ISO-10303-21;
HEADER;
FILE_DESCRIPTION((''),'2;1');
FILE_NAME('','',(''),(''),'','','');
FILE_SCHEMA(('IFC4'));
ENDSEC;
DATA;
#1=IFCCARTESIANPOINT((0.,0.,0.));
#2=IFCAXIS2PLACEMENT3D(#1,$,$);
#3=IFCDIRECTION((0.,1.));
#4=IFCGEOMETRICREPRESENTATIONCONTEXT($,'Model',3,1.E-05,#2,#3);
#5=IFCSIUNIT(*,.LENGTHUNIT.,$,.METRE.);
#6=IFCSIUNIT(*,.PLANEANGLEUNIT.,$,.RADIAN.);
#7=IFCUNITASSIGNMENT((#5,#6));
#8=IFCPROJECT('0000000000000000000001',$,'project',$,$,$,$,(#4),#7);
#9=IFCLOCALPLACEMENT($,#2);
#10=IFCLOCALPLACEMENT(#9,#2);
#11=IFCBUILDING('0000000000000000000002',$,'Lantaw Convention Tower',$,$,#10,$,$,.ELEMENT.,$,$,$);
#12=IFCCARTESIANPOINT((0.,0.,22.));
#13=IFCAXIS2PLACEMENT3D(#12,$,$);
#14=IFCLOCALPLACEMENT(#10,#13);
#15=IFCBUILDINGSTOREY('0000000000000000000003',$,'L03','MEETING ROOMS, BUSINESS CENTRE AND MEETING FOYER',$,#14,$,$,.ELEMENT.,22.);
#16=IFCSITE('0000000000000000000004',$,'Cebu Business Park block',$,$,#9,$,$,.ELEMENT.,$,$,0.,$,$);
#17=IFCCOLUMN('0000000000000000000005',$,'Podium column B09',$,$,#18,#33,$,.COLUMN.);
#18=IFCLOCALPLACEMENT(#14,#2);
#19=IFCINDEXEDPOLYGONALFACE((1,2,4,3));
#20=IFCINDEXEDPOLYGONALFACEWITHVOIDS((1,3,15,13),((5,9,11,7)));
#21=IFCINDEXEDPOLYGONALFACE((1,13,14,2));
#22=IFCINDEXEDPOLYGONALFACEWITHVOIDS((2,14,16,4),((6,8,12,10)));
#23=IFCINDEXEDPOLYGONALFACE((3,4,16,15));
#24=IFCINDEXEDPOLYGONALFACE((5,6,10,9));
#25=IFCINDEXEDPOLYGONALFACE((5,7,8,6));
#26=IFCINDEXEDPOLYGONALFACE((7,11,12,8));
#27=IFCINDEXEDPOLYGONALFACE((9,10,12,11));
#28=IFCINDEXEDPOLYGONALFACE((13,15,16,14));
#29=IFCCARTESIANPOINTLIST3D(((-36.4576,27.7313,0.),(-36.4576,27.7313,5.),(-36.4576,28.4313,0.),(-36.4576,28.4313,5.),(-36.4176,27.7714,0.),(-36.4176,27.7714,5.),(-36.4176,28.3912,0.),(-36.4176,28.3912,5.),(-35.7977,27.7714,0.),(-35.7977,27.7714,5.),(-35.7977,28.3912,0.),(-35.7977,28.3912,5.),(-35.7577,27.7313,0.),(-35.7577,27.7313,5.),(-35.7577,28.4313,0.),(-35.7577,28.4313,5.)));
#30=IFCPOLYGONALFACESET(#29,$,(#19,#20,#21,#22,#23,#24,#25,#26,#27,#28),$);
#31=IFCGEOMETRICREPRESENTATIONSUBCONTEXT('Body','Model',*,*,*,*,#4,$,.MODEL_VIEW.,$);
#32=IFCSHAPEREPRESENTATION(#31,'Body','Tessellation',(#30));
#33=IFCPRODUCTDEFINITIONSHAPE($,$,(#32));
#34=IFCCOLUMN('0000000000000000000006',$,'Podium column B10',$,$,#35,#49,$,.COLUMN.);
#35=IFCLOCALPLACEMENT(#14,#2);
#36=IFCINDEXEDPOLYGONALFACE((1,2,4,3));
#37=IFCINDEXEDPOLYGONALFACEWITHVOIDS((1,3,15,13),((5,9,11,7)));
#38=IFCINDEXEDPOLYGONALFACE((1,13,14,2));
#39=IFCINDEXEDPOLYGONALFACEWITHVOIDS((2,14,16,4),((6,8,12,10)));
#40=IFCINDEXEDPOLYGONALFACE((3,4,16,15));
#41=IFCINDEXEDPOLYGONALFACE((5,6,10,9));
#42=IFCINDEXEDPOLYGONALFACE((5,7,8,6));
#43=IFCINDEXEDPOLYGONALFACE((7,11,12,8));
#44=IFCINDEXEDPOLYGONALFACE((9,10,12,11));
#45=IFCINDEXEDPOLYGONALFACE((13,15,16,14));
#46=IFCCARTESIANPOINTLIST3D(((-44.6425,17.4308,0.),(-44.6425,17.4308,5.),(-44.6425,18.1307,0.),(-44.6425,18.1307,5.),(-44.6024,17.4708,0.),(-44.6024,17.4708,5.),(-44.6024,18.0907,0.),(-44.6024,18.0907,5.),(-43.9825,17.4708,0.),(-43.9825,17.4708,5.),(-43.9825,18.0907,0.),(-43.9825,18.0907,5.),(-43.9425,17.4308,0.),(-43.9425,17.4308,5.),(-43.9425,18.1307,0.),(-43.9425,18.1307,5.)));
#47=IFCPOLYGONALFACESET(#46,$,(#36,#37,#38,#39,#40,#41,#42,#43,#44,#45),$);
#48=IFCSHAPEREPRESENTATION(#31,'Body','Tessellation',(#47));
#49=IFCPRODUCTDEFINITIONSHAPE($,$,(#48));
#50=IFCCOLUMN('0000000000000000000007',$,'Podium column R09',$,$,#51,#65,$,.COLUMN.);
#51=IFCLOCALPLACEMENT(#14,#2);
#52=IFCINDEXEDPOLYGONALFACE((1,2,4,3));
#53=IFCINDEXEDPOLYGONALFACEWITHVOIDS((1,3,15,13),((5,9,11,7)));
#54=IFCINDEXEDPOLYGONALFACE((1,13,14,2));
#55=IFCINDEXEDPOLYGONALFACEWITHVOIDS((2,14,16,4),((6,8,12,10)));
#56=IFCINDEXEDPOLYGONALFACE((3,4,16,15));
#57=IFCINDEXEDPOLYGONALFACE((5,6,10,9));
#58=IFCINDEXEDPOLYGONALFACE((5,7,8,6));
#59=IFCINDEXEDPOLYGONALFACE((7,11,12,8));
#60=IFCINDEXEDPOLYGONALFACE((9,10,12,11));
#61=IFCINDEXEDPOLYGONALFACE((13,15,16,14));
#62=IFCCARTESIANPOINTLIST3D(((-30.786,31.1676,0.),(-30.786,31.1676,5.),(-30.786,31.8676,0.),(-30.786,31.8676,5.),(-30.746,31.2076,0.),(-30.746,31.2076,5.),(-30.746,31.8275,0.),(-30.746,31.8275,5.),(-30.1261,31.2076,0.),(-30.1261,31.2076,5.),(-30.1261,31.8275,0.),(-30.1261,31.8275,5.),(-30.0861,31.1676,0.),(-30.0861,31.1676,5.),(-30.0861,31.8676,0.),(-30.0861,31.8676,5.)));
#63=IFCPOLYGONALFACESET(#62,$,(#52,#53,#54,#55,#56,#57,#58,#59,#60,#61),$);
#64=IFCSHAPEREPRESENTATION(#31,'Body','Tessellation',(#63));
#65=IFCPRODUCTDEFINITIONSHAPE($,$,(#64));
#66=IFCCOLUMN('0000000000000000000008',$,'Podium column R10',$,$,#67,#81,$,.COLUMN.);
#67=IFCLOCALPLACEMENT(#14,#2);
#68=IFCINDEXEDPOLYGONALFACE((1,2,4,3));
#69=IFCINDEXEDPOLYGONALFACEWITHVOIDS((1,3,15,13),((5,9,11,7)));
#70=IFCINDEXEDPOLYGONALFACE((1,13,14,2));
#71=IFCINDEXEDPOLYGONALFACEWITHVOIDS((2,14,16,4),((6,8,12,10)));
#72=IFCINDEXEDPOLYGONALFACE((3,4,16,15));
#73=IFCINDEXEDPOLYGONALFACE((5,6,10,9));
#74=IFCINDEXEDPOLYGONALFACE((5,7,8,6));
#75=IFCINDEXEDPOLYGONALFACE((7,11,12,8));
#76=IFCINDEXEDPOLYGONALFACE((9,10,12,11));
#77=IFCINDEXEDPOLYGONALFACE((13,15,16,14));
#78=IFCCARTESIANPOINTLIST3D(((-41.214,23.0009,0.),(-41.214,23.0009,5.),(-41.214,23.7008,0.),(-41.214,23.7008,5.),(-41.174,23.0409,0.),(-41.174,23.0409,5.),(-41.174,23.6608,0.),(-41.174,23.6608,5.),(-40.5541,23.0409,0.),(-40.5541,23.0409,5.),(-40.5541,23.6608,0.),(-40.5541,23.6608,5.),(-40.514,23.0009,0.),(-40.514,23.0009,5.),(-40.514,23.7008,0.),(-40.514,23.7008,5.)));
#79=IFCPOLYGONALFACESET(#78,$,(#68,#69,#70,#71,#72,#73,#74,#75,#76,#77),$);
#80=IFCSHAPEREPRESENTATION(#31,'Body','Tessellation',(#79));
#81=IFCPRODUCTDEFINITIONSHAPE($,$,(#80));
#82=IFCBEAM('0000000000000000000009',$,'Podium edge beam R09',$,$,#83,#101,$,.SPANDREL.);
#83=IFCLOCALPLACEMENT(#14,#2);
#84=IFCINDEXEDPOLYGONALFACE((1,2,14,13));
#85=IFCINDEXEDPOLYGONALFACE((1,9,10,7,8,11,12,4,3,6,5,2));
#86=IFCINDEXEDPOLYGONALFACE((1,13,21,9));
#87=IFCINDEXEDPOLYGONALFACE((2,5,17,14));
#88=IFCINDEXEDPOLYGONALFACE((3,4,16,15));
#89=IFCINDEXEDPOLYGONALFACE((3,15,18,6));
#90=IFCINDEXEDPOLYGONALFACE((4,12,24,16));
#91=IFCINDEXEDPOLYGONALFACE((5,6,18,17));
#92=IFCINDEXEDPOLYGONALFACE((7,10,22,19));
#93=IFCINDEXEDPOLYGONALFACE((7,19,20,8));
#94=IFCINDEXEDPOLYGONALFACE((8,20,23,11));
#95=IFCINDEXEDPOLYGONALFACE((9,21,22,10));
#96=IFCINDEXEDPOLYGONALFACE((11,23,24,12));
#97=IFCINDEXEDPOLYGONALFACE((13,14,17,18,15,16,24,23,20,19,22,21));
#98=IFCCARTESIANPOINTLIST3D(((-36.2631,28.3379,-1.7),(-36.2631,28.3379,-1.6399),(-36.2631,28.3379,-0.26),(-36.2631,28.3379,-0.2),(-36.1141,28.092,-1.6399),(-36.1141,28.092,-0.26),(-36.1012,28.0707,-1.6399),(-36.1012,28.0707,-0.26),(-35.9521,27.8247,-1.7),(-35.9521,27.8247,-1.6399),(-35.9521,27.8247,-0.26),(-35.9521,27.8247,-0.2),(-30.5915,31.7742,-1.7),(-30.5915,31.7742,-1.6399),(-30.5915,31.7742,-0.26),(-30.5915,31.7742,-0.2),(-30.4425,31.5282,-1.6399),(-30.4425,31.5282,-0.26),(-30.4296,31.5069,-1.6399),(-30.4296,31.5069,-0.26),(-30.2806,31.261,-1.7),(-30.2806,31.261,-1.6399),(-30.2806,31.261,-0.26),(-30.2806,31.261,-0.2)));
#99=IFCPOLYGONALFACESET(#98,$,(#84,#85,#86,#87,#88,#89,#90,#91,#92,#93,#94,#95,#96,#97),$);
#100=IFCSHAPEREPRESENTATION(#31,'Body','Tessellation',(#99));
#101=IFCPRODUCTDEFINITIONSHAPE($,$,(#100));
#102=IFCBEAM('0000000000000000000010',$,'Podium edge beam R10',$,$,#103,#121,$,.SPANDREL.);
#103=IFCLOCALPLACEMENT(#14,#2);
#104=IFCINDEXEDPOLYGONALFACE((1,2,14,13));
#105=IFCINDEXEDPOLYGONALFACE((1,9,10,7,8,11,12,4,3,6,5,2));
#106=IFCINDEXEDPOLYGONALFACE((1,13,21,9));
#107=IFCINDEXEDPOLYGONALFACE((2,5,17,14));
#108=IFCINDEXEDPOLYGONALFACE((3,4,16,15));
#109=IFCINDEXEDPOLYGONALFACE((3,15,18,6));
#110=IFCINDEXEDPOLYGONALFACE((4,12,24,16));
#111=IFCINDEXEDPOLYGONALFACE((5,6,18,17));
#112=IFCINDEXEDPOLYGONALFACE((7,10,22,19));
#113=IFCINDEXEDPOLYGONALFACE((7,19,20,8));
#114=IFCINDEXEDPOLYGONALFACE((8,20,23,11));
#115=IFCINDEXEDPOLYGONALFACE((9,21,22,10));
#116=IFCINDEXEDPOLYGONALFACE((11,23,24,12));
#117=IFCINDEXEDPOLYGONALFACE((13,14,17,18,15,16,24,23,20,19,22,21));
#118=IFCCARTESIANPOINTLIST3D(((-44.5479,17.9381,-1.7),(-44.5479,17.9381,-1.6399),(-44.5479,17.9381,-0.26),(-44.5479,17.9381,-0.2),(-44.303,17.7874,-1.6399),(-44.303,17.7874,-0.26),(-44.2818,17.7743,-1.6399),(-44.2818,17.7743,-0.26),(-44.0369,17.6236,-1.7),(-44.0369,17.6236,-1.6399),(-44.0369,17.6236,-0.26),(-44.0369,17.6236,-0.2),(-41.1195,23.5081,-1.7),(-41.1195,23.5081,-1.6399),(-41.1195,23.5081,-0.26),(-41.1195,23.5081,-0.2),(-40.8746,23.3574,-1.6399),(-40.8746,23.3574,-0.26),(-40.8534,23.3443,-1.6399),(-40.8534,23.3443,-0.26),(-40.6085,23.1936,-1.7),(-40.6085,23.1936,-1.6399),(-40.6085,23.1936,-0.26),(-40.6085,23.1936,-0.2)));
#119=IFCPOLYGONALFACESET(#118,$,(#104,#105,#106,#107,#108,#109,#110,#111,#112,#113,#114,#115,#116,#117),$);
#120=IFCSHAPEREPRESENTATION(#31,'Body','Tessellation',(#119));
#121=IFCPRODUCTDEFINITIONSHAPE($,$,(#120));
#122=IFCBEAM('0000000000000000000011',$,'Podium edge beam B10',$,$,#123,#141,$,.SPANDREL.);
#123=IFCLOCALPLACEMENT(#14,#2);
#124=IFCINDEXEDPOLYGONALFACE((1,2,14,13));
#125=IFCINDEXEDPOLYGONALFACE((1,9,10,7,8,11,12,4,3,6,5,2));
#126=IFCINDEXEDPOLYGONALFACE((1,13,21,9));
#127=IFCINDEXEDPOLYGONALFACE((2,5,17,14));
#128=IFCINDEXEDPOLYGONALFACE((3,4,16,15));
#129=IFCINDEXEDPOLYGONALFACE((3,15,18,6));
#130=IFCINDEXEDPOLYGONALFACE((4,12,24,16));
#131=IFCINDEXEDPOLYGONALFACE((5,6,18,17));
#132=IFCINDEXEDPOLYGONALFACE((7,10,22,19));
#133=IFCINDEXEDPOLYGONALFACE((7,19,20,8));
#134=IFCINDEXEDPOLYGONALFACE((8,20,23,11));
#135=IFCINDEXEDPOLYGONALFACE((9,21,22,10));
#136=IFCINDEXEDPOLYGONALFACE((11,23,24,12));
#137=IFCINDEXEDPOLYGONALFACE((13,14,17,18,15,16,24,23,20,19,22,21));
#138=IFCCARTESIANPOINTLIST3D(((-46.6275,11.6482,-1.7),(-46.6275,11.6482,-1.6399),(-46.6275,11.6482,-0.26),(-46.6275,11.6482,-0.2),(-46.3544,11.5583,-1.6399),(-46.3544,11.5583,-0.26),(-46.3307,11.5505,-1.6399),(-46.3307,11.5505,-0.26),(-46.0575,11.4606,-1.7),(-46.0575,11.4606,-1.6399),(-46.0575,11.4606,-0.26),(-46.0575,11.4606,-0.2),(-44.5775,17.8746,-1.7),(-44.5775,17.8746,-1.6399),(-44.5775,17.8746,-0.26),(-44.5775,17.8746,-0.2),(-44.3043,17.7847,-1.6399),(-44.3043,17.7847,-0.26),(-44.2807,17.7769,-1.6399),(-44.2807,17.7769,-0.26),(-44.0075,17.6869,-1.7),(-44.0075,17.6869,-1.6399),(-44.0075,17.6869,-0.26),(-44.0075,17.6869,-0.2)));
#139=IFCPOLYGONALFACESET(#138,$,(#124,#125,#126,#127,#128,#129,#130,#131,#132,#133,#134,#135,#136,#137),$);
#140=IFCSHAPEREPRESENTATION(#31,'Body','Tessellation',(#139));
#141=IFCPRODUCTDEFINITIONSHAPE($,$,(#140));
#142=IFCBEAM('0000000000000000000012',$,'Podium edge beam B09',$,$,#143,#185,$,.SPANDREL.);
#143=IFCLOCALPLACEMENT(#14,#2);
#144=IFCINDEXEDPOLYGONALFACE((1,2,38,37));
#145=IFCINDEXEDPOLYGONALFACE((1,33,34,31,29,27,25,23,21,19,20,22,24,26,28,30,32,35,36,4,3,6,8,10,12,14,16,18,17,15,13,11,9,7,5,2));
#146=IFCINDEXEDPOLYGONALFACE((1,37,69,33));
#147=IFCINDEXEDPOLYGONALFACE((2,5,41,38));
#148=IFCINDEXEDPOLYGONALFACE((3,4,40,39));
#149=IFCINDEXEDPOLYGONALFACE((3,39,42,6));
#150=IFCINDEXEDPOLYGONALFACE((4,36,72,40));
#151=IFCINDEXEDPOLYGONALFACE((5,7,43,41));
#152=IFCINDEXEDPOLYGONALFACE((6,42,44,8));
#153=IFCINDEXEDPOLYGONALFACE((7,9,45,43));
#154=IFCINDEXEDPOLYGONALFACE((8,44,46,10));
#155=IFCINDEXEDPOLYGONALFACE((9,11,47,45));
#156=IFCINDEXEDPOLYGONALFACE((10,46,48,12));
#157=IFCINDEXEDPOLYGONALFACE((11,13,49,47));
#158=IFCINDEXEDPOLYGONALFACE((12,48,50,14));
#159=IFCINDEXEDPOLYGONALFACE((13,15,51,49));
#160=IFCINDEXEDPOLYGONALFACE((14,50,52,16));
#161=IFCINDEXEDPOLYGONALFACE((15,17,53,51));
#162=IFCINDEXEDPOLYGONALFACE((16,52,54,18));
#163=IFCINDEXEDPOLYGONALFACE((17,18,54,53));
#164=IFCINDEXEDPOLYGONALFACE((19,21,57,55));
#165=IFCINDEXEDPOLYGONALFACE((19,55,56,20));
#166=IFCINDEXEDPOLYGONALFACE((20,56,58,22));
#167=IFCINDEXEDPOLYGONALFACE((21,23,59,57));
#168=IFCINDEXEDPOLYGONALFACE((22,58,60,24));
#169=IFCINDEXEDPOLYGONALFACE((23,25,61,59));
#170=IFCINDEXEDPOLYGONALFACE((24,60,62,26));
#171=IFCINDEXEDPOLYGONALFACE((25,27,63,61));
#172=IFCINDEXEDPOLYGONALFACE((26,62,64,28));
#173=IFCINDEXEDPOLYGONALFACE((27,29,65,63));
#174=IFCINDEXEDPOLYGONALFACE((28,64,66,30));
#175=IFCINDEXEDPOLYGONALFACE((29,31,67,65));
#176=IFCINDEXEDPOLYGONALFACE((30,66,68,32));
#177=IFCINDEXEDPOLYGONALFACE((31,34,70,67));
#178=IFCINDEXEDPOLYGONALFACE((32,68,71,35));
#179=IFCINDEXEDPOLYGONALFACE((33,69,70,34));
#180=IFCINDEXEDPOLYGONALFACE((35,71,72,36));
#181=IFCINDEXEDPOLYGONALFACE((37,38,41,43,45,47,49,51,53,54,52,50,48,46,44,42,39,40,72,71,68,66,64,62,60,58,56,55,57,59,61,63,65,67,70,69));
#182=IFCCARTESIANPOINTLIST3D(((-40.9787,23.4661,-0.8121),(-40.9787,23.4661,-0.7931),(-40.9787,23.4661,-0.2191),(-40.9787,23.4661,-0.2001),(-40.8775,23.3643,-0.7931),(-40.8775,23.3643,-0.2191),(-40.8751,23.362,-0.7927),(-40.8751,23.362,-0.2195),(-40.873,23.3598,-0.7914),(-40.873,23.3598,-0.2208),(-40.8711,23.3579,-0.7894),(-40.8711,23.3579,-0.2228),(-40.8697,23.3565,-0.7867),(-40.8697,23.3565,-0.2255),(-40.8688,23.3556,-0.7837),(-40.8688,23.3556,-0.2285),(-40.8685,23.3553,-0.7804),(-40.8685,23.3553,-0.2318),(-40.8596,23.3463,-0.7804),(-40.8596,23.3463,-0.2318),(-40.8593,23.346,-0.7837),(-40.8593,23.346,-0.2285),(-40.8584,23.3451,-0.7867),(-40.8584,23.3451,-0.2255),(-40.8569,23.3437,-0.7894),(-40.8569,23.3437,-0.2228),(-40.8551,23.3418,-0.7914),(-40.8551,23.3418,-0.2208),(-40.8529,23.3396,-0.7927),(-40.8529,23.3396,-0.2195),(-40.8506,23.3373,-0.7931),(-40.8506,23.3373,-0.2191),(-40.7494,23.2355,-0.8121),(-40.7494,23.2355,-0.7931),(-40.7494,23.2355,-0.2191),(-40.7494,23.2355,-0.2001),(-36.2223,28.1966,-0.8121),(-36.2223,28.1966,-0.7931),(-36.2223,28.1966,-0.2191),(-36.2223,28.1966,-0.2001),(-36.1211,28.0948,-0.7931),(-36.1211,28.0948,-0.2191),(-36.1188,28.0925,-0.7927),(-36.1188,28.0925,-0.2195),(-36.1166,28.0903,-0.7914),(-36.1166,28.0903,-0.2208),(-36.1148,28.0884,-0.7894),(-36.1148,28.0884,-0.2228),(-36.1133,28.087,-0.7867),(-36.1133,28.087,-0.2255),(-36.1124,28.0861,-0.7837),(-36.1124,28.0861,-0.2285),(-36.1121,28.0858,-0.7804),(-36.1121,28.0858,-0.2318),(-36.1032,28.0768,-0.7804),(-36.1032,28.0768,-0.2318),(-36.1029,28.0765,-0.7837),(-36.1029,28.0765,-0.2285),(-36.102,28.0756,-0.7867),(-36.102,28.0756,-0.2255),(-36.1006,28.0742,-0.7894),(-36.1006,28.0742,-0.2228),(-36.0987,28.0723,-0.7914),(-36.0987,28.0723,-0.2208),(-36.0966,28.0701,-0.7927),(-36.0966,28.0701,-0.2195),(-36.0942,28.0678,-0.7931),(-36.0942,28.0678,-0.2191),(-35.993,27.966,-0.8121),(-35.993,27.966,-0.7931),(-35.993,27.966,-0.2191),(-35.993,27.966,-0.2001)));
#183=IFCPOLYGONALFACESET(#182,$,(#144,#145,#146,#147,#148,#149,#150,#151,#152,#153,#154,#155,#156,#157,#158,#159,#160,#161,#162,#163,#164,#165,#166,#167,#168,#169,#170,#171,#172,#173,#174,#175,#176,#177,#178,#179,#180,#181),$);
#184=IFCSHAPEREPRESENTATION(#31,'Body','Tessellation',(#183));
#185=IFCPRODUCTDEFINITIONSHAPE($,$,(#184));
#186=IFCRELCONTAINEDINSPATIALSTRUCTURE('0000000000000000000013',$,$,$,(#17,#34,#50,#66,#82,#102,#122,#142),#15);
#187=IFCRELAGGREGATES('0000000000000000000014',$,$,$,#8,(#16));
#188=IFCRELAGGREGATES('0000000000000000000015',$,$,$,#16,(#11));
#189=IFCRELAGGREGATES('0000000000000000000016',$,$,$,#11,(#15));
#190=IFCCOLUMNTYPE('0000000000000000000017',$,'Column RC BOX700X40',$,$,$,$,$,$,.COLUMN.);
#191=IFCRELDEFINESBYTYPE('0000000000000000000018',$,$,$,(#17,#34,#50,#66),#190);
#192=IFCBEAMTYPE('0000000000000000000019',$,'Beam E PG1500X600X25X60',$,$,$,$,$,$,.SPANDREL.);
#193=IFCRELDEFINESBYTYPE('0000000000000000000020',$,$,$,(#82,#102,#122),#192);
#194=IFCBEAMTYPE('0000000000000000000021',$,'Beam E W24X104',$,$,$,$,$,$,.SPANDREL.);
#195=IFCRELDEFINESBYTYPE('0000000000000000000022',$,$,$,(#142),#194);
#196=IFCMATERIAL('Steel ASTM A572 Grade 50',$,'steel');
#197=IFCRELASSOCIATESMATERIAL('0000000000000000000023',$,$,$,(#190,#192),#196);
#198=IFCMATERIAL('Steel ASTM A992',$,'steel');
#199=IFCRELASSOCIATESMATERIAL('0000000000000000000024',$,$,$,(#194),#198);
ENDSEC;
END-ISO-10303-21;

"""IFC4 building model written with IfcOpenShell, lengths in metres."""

from ifc_helpers import new_model, si_unit, direction, frame, origin, origin_2d, place, context, subcontext, project, spatial, hollow_rectangle, i_section, extrude, material, material_profile, profile_set, type_object, element, save


model = new_model("IFC4")

# Units and contexts
model_context = context("Model", 3, precision=1e-05, world=origin(), true_north=direction((0.0, 1.0)))
body_context = subcontext(model_context, "Body", "Model", "MODEL_VIEW")
ifc_project = project(units=[si_unit("LENGTHUNIT", "METRE"), si_unit("PLANEANGLEUNIT", "RADIAN")], contexts=[model_context])

# Site, building, storey
site_placement = place(None, origin())
site = spatial("IfcSite", under=ifc_project, at=site_placement, Name="Cebu Business Park block", CompositionType="ELEMENT", RefElevation=0.0)
building_placement = place(site_placement, origin())
building = spatial("IfcBuilding", under=site, at=building_placement, Name="Lantaw Convention Tower", CompositionType="ELEMENT")
storey_placement = place(building_placement, frame((0.0, 0.0, 22.0)))
storey = spatial("IfcBuildingStorey", under=building, at=storey_placement, Name="L03", Description="MEETING ROOMS, BUSINESS CENTRE AND MEETING FOYER", CompositionType="ELEMENT", Elevation=22.0)

# Columns
ifc_material_1 = material(Name="Steel ASTM A572 Grade 50", Category="steel")
ifc_material_profile_1 = material_profile(ifc_material_1, hollow_rectangle(XDim=0.7, YDim=0.7, WallThickness=0.04, at=origin_2d()), Name="BOX700X40")
ifc_profile_set_1 = profile_set([ifc_material_profile_1], Name="Steel ASTM A572 Grade 50")
column_type = type_object("IfcColumnType", Name="Column RC BOX700X40", PredefinedType="COLUMN", material=ifc_profile_set_1)
for number, where, z_axis, x_axis, name in (
    (1, (-36.1077, 28.0813, 0.0), (0.0, 0.0, 1.0), (1.0, 0.0, 0.0), "Podium column B09"),
    (2, (-44.2925, 17.7808, 0.0), (0.0, 0.0, 1.0), (1.0, 0.0, 0.0), "Podium column B10"),
    (3, (-30.436, 31.5176, 0.0), (0.0, 0.0, 1.0), (1.0, 0.0, 0.0), "Podium column R09"),
    (4, (-40.864, 23.3508, 0.0), (0.0, 0.0, 1.0), (1.0, 0.0, 0.0), "Podium column R10"),
):
    element("IfcColumn", number, at=place(storey_placement, frame(where, z_axis=z_axis, x_axis=x_axis)), inside=storey, type_object=column_type, Name=name, PredefinedType="COLUMN", context=body_context, shape_type="SweptSolid", body=[
        extrude(hollow_rectangle(XDim=0.7, YDim=0.7, WallThickness=0.04, at=origin_2d()), origin(), (0.0, 0.0, 1.0), 5.0),
    ])

# Beams
ifc_material_profile_2 = material_profile(ifc_material_1, i_section(OverallWidth=0.6001, OverallDepth=1.5, WebThickness=0.0249, FlangeThickness=0.0601, at=origin_2d()), Name="PG1500X600X25X60")
ifc_profile_set_2 = profile_set([ifc_material_profile_2], Name="Steel ASTM A572 Grade 50")
beam_type_1 = type_object("IfcBeamType", Name="Beam E PG1500X600X25X60", PredefinedType="SPANDREL", material=ifc_profile_set_2)
beam_1_placement = place(storey_placement, frame((-30.436, 31.5176, -0.95), z_axis=(-0.85527, -0.518183, 0.0), x_axis=(0.518183, -0.85527, 0.0)))
element("IfcBeam", 5, at=beam_1_placement, inside=storey, type_object=beam_type_1, Name="Podium edge beam R09", PredefinedType="SPANDREL", context=body_context, shape_type="SweptSolid", body=[
    extrude(i_section(OverallWidth=0.6001, OverallDepth=1.5, WebThickness=0.0249, FlangeThickness=0.0601, at=origin_2d()), origin(), (0.0, 0.0, 1.0), 6.6313),
])
beam_2_placement = place(storey_placement, frame((-40.864, 23.3508, -0.95), z_axis=(-0.524179, -0.851608, 0.0), x_axis=(0.851608, -0.524179, 0.0)))
element("IfcBeam", 6, at=beam_2_placement, inside=storey, type_object=beam_type_1, Name="Podium edge beam R10", PredefinedType="SPANDREL", context=body_context, shape_type="SweptSolid", body=[
    extrude(i_section(OverallWidth=0.6001, OverallDepth=1.5, WebThickness=0.0249, FlangeThickness=0.0601, at=origin_2d()), origin(), (0.0, 0.0, 1.0), 6.5405),
])
beam_3_placement = place(storey_placement, frame((-44.2925, 17.7808, -0.95), z_axis=(-0.31274, -0.949839, 0.0), x_axis=(0.949839, -0.31274, 0.0)))
element("IfcBeam", 7, at=beam_3_placement, inside=storey, type_object=beam_type_1, Name="Podium edge beam B10", PredefinedType="SPANDREL", context=body_context, shape_type="SweptSolid", body=[
    extrude(i_section(OverallWidth=0.6001, OverallDepth=1.5, WebThickness=0.0249, FlangeThickness=0.0601, at=origin_2d()), origin(), (0.0, 0.0, 1.0), 6.5552),
])
ifc_material_2 = material(Name="Steel ASTM A992", Category="steel")
ifc_material_profile_3 = material_profile(ifc_material_2, i_section(OverallWidth=0.3252, OverallDepth=0.6121, WebThickness=0.0127, FlangeThickness=0.019, FilletRadius=0.0127, at=origin_2d()), Name="W24X104")
ifc_profile_set_3 = profile_set([ifc_material_profile_3], Name="Steel ASTM A992")
beam_type_2 = type_object("IfcBeamType", Name="Beam E W24X104", PredefinedType="SPANDREL", material=ifc_profile_set_3)
beam_4_placement = place(storey_placement, frame((-36.1077, 28.0813, -0.5061), z_axis=(-0.709033, -0.705175, 0.0), x_axis=(0.705175, -0.709033, 0.0)))
element("IfcBeam", 8, at=beam_4_placement, inside=storey, type_object=beam_type_2, Name="Podium edge beam B09", PredefinedType="SPANDREL", context=body_context, shape_type="SweptSolid", body=[
    extrude(i_section(OverallWidth=0.3252, OverallDepth=0.6121, WebThickness=0.0127, FlangeThickness=0.019, FilletRadius=0.0127, at=origin_2d()), origin(), (0.0, 0.0, 1.0), 6.7083),
])

save(model, "model.ifc")
